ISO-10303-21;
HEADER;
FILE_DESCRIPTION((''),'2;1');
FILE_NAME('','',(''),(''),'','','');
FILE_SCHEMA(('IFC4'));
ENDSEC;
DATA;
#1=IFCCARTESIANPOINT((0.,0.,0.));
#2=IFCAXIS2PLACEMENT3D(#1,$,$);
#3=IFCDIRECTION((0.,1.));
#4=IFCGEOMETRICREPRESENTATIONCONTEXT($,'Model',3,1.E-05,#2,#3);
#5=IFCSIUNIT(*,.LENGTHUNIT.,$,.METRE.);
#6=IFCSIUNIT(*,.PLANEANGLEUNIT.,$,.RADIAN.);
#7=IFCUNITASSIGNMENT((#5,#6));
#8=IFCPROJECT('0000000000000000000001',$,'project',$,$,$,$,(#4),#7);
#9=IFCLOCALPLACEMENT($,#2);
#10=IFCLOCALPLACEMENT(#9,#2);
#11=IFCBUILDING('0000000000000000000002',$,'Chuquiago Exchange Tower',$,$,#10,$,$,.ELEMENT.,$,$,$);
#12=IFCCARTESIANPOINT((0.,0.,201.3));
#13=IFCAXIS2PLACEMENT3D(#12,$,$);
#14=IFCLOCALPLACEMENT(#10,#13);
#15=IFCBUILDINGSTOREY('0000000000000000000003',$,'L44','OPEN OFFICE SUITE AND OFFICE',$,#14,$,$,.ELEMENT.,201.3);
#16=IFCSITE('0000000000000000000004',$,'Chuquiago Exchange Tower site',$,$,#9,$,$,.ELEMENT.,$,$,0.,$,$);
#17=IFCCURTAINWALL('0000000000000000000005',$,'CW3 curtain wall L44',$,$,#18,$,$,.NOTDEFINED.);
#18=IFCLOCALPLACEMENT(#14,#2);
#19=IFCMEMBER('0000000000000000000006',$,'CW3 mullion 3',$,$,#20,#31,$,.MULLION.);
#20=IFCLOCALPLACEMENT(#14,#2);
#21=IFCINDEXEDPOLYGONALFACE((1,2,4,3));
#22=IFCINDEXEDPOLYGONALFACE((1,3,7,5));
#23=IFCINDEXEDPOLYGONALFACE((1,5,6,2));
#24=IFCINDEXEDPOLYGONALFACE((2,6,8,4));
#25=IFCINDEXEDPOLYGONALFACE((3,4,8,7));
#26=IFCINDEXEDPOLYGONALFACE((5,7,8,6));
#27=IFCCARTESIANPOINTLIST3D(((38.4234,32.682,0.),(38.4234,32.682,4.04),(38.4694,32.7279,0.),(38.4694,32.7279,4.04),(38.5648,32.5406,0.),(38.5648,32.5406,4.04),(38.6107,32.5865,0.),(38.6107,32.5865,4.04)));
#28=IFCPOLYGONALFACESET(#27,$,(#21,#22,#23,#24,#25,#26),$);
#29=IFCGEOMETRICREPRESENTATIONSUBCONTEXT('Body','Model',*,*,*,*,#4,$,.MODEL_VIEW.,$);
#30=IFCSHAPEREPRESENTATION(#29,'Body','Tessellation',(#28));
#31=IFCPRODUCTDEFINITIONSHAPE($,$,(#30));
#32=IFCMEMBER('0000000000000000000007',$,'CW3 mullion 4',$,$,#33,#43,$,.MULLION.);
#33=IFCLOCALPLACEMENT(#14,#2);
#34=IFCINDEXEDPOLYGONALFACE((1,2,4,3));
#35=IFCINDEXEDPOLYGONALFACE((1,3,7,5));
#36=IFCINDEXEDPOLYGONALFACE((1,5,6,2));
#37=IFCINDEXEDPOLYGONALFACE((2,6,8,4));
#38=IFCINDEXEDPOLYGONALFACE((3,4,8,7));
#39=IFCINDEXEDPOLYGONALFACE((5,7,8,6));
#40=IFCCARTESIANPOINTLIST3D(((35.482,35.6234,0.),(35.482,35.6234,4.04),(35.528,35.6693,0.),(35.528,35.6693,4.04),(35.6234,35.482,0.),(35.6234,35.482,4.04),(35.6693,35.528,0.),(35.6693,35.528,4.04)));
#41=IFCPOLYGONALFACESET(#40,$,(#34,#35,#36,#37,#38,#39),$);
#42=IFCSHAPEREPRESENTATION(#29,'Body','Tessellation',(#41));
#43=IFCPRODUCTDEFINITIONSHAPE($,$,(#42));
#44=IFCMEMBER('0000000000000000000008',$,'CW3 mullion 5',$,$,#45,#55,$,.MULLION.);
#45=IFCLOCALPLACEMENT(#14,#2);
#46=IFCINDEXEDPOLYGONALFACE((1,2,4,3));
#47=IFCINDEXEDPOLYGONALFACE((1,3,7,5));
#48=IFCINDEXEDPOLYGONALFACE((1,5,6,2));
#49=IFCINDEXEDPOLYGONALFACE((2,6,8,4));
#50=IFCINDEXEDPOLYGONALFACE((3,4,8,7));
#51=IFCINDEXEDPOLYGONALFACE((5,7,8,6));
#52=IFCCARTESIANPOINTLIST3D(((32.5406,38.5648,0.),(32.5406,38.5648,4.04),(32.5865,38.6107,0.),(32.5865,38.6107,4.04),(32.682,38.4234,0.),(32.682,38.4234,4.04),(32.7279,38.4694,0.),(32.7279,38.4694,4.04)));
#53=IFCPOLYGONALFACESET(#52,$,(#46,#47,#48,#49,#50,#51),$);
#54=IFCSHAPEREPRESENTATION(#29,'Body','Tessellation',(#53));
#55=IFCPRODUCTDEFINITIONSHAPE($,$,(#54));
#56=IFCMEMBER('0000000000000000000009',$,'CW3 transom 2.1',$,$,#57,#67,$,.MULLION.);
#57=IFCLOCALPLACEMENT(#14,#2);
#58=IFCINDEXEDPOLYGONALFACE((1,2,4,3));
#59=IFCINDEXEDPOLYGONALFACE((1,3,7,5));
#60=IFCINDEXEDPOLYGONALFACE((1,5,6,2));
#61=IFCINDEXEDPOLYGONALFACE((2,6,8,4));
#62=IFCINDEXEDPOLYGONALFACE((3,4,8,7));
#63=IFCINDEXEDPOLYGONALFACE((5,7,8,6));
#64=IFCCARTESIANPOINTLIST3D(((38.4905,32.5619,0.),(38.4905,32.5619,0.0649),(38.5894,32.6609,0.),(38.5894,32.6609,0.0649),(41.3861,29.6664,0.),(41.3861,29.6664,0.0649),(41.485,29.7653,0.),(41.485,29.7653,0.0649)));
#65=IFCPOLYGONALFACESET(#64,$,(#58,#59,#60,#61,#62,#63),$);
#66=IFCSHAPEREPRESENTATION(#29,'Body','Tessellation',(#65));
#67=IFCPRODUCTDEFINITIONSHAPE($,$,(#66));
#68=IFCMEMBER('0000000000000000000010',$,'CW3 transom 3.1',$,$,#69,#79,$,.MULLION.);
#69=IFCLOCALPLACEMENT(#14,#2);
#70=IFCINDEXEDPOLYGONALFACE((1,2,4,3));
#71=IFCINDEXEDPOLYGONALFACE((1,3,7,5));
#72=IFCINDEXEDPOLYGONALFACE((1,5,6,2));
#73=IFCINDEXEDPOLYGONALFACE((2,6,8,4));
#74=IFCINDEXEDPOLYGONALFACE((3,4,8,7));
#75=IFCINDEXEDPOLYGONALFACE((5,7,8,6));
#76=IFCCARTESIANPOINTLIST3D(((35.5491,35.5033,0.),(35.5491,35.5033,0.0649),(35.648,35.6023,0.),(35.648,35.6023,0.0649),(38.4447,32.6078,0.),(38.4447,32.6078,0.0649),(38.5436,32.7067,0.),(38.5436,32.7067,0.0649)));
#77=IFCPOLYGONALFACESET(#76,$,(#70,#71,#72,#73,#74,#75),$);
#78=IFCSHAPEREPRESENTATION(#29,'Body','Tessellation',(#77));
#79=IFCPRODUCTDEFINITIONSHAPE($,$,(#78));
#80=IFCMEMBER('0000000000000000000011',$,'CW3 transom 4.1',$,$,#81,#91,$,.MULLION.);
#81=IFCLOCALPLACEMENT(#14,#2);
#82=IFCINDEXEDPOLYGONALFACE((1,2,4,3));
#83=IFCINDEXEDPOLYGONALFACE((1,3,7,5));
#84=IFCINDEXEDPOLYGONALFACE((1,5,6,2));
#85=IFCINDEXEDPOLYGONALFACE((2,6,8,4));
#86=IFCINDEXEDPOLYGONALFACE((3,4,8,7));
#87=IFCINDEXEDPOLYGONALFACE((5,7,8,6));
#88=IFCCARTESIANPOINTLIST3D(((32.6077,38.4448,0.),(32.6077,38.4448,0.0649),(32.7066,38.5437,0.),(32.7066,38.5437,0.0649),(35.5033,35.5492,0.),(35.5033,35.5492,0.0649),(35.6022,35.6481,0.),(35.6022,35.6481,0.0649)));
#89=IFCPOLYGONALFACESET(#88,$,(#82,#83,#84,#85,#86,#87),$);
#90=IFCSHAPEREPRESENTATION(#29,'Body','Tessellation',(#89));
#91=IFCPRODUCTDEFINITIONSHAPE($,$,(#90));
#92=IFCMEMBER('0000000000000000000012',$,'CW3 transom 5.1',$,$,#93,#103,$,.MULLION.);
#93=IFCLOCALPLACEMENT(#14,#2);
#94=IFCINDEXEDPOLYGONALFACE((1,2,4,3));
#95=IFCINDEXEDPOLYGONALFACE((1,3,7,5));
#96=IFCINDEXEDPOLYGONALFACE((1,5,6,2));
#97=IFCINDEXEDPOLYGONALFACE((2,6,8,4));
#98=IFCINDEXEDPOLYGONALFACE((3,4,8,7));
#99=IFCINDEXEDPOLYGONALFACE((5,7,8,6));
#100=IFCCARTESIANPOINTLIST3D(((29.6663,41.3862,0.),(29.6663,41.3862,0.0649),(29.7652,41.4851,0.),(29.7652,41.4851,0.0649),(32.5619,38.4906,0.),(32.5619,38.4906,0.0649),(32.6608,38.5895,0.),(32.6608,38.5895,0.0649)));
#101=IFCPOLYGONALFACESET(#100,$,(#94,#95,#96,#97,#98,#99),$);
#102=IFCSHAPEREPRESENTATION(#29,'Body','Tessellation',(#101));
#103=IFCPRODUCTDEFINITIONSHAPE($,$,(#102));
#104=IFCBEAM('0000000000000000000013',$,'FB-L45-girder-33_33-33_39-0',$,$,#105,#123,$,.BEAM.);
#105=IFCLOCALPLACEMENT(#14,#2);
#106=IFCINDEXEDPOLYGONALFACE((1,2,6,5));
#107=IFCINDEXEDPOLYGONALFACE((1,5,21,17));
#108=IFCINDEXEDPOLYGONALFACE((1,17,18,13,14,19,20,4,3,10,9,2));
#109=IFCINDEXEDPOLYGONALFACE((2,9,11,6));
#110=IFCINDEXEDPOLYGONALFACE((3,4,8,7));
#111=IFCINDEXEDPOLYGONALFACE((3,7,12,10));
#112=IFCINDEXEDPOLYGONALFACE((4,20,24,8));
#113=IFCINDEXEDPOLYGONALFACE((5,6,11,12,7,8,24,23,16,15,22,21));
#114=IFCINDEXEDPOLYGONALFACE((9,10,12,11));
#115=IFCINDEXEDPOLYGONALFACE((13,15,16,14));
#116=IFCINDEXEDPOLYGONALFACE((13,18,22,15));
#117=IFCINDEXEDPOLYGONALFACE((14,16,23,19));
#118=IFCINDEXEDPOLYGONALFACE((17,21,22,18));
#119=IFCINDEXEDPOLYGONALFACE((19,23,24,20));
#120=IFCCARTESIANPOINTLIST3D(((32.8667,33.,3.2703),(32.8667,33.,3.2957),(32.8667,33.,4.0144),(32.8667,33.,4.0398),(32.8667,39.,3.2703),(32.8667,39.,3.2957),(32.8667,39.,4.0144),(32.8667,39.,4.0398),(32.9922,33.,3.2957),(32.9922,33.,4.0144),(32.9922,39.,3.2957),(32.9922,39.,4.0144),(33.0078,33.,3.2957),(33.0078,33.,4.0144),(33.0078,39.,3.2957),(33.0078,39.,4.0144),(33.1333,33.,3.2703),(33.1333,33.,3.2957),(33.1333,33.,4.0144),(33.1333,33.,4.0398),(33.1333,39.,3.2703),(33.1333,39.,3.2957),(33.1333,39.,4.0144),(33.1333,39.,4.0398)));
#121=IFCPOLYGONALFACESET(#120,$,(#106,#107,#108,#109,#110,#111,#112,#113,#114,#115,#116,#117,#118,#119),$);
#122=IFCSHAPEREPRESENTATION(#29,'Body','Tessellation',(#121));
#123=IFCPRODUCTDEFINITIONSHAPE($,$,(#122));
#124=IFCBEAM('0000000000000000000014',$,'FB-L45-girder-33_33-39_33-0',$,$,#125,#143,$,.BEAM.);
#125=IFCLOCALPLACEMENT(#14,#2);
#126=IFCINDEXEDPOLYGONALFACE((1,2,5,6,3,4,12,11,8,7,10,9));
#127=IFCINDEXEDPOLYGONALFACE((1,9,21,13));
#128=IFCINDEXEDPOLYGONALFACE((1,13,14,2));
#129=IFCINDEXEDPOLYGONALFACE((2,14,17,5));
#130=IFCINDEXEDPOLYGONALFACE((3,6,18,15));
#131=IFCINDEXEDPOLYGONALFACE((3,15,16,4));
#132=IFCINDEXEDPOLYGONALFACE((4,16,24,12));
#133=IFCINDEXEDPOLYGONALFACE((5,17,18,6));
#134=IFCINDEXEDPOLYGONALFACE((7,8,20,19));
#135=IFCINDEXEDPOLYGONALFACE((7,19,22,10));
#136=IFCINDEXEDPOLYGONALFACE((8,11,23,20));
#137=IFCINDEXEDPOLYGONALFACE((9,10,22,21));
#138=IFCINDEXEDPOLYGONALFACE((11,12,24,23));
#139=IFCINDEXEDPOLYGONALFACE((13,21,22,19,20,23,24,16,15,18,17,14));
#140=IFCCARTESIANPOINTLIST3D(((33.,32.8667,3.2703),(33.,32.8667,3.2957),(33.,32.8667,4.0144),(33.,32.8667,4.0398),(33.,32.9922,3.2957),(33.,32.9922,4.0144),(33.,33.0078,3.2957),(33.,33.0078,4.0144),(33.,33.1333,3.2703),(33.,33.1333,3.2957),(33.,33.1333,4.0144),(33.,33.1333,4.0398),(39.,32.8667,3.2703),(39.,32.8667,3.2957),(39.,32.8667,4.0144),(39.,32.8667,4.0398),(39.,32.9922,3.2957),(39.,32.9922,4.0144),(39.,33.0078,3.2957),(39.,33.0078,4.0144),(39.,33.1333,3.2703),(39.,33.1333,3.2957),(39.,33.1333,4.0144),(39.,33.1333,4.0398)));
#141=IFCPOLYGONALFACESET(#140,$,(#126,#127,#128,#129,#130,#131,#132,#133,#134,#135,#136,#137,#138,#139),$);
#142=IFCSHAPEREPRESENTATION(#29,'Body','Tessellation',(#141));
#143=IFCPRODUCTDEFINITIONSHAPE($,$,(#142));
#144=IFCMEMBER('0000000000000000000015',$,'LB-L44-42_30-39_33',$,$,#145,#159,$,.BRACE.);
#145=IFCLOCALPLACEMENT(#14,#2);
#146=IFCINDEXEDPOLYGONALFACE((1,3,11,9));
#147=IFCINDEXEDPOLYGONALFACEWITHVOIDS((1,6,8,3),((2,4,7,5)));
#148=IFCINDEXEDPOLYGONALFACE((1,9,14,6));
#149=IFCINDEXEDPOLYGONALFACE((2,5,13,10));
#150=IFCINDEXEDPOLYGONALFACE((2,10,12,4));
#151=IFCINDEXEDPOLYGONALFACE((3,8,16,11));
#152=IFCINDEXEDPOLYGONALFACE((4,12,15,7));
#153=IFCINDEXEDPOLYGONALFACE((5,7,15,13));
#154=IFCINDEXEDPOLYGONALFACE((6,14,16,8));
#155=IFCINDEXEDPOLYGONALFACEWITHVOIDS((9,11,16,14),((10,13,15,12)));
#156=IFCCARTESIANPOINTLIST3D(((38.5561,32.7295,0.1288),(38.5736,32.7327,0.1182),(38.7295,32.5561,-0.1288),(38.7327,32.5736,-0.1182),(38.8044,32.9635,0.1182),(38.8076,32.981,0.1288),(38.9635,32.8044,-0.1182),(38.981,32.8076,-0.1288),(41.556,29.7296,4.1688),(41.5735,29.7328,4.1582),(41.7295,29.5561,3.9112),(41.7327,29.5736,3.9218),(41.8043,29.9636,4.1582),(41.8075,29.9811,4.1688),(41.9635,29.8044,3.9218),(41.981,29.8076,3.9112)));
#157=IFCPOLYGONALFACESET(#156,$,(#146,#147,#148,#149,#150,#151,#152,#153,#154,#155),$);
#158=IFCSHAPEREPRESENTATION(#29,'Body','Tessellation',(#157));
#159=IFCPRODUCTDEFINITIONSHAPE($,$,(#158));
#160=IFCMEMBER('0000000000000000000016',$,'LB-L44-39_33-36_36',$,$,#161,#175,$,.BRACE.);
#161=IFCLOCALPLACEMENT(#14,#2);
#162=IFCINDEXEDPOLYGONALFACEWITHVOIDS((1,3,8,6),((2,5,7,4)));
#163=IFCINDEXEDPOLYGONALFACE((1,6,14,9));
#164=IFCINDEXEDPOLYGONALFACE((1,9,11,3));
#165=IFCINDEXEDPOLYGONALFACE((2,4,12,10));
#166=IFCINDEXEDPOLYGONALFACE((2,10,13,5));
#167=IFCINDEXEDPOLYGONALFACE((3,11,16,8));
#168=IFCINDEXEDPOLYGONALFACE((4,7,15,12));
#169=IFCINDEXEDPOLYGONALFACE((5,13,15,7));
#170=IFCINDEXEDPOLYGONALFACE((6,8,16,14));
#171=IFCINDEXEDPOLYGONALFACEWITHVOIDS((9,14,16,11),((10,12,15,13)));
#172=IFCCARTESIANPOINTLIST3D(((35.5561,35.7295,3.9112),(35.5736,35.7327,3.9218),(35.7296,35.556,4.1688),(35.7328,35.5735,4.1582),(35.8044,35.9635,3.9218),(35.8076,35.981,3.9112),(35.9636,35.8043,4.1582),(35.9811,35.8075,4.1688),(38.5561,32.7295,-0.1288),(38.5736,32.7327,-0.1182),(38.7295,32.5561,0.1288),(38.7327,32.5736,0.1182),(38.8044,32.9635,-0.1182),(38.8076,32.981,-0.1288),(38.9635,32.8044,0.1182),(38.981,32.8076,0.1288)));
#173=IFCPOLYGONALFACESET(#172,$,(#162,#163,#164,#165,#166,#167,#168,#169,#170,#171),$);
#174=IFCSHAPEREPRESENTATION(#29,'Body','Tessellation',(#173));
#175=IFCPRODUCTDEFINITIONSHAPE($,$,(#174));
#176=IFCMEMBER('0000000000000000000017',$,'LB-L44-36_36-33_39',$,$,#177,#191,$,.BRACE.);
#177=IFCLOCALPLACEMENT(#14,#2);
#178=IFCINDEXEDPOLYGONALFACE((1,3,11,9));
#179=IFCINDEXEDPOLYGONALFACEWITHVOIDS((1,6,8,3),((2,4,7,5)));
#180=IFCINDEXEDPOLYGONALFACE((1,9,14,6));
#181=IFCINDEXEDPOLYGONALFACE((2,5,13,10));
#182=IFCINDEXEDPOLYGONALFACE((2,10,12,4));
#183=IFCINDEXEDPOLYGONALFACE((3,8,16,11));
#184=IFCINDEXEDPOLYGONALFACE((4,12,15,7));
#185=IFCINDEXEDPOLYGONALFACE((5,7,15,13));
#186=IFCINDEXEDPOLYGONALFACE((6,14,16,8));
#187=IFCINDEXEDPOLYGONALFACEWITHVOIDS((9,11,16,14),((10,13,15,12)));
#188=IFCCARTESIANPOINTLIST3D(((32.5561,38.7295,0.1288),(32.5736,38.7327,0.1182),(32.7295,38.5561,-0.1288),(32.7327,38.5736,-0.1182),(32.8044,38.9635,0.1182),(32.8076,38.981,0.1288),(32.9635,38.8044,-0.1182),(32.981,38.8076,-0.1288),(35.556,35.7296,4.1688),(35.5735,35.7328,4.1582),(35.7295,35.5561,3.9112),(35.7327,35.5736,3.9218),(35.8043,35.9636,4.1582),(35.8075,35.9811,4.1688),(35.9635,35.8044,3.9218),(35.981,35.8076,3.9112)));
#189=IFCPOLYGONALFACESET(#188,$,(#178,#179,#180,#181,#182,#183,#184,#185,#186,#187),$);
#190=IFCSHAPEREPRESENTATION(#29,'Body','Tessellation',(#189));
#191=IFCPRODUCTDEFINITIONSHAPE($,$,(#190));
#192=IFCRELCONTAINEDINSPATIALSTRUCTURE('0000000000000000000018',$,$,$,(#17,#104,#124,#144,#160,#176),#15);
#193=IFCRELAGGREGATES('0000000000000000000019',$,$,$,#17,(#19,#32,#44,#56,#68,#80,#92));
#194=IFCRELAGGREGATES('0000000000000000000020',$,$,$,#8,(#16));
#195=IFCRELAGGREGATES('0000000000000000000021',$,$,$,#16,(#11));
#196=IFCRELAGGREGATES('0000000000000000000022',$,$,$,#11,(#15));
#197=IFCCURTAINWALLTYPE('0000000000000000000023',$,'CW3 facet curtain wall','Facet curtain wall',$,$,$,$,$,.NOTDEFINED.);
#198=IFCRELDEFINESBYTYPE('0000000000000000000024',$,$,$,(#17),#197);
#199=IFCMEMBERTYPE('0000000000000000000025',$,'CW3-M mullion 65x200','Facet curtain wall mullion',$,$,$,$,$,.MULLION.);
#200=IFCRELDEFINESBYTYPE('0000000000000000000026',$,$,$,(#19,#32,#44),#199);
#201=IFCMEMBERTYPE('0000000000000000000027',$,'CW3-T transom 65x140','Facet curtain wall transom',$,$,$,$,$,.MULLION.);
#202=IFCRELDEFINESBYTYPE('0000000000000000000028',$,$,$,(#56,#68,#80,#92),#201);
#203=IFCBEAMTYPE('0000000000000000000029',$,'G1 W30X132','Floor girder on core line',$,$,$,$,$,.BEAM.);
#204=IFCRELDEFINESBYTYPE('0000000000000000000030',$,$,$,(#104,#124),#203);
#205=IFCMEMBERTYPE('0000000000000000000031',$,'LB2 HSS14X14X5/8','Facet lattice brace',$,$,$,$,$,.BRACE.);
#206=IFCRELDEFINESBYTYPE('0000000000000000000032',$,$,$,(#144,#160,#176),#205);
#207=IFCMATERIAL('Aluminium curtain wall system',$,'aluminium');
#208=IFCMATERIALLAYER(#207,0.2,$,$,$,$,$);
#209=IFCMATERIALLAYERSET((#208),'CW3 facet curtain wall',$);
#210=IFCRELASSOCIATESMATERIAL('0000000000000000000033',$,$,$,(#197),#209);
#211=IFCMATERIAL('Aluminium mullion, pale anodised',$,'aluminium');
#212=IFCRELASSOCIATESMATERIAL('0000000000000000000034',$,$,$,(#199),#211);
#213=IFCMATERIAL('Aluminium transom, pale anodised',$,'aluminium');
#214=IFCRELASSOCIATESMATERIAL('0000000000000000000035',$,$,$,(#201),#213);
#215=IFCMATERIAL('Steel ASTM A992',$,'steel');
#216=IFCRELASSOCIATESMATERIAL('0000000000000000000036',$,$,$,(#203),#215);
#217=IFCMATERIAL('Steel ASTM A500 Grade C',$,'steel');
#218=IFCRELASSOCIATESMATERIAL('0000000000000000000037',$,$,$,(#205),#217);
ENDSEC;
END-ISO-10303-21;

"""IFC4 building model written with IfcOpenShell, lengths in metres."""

from ifc_helpers import new_model, si_unit, direction, frame, origin, origin_2d, place, context, subcontext, project, spatial, rectangle, hollow_rectangle, i_section, extrude, material, layer, layer_set, material_profile, profile_set, type_object, element, aggregate, save


model = new_model("IFC4")

# Units and contexts
model_context = context("Model", 3, precision=1e-05, world=origin(), true_north=direction((0.0, 1.0)))
body_context = subcontext(model_context, "Body", "Model", "MODEL_VIEW")
ifc_project = project(units=[si_unit("LENGTHUNIT", "METRE"), si_unit("PLANEANGLEUNIT", "RADIAN")], contexts=[model_context])

# Site, building, storey
site_placement = place(None, origin())
site = spatial("IfcSite", under=ifc_project, at=site_placement, Name="Chuquiago Exchange Tower site", CompositionType="ELEMENT", RefElevation=0.0)
building_placement = place(site_placement, origin())
building = spatial("IfcBuilding", under=site, at=building_placement, Name="Chuquiago Exchange Tower", CompositionType="ELEMENT")
storey_placement = place(building_placement, frame((0.0, 0.0, 201.3)))
storey = spatial("IfcBuildingStorey", under=building, at=storey_placement, Name="L44", Description="OPEN OFFICE SUITE AND OFFICE", CompositionType="ELEMENT", Elevation=201.3)

# Curtain wall, members
ifc_material_1 = material(Name="Aluminium curtain wall system", Category="aluminium")
ifc_layer_1 = layer(ifc_material_1, 0.2)
ifc_layer_set_1 = layer_set([ifc_layer_1], Name="CW3 facet curtain wall")
curtain_wall_type = type_object("IfcCurtainWallType", Name="CW3 facet curtain wall", Description="Facet curtain wall", PredefinedType="NOTDEFINED", material=ifc_layer_set_1)
curtain_wall_placement = place(storey_placement, origin())
curtain_wall = element("IfcCurtainWall", 1, at=curtain_wall_placement, inside=storey, type_object=curtain_wall_type, Name="CW3 curtain wall L44", PredefinedType="NOTDEFINED")
ifc_material_2 = material(Name="Aluminium mullion, pale anodised", Category="aluminium")
ifc_material_profile_1 = material_profile(ifc_material_2, rectangle(XDim=0.0649, YDim=0.2, at=origin_2d()), Name="AL 65x200")
ifc_profile_set_1 = profile_set([ifc_material_profile_1], Name="Aluminium mullion, pale anodised")
member_type_1 = type_object("IfcMemberType", Name="CW3-M mullion 65x200", Description="Facet curtain wall mullion", PredefinedType="MULLION", material=ifc_profile_set_1)
member_1_placement = place(storey_placement, frame((38.5171, 32.6343, 0.0), z_axis=(0.0, 0.0, 1.0), x_axis=(-0.707107, -0.707107, 0.0)))
member_1 = element("IfcMember", 2, at=member_1_placement, type_object=member_type_1, Name="CW3 mullion 3", PredefinedType="MULLION", context=body_context, shape_type="SweptSolid", body=[
    extrude(rectangle(XDim=0.0649, YDim=0.2, at=origin_2d()), origin(), (0.0, 0.0, 1.0), 4.04),
])
member_2_placement = place(storey_placement, frame((35.5757, 35.5757, 0.0), z_axis=(0.0, 0.0, 1.0), x_axis=(-0.707107, -0.707107, 0.0)))
member_2 = element("IfcMember", 3, at=member_2_placement, type_object=member_type_1, Name="CW3 mullion 4", PredefinedType="MULLION", context=body_context, shape_type="SweptSolid", body=[
    extrude(rectangle(XDim=0.0649, YDim=0.2, at=origin_2d()), origin(), (0.0, 0.0, 1.0), 4.04),
])
member_3_placement = place(storey_placement, frame((32.6343, 38.5171, 0.0), z_axis=(0.0, 0.0, 1.0), x_axis=(-0.707107, -0.707107, 0.0)))
member_3 = element("IfcMember", 4, at=member_3_placement, type_object=member_type_1, Name="CW3 mullion 5", PredefinedType="MULLION", context=body_context, shape_type="SweptSolid", body=[
    extrude(rectangle(XDim=0.0649, YDim=0.2, at=origin_2d()), origin(), (0.0, 0.0, 1.0), 4.04),
])
ifc_material_3 = material(Name="Aluminium transom, pale anodised", Category="aluminium")
ifc_material_profile_2 = material_profile(ifc_material_3, rectangle(XDim=0.1399, YDim=0.0649, at=origin_2d()), Name="AL 140x65")
ifc_profile_set_2 = profile_set([ifc_material_profile_2], Name="Aluminium transom, pale anodised")
member_type_2 = type_object("IfcMemberType", Name="CW3-T transom 65x140", Description="Facet curtain wall transom", PredefinedType="MULLION", material=ifc_profile_set_2)
member_4_placement = place(storey_placement, frame((41.4355, 29.7158, 0.0325), z_axis=(-0.707107, 0.707107, 0.0), x_axis=(-0.707107, -0.707107, 0.0)))
member_4 = element("IfcMember", 5, at=member_4_placement, type_object=member_type_2, Name="CW3 transom 2.1", PredefinedType="MULLION", context=body_context, shape_type="SweptSolid", body=[
    extrude(rectangle(XDim=0.1399, YDim=0.0649, at=origin_2d()), origin(), (0.0, 0.0, 1.0), 4.095),
])
member_5_placement = place(storey_placement, frame((38.4941, 32.6572, 0.0325), z_axis=(-0.707107, 0.707107, 0.0), x_axis=(-0.707107, -0.707107, 0.0)))
member_5 = element("IfcMember", 6, at=member_5_placement, type_object=member_type_2, Name="CW3 transom 3.1", PredefinedType="MULLION", context=body_context, shape_type="SweptSolid", body=[
    extrude(rectangle(XDim=0.1399, YDim=0.0649, at=origin_2d()), origin(), (0.0, 0.0, 1.0), 4.095),
])
member_6_placement = place(storey_placement, frame((35.5527, 35.5986, 0.0325), z_axis=(-0.707107, 0.707107, 0.0), x_axis=(-0.707107, -0.707107, 0.0)))
member_6 = element("IfcMember", 7, at=member_6_placement, type_object=member_type_2, Name="CW3 transom 4.1", PredefinedType="MULLION", context=body_context, shape_type="SweptSolid", body=[
    extrude(rectangle(XDim=0.1399, YDim=0.0649, at=origin_2d()), origin(), (0.0, 0.0, 1.0), 4.095),
])
member_7_placement = place(storey_placement, frame((32.6113, 38.54, 0.0325), z_axis=(-0.707107, 0.707107, 0.0), x_axis=(-0.707107, -0.707107, 0.0)))
member_7 = element("IfcMember", 8, at=member_7_placement, type_object=member_type_2, Name="CW3 transom 5.1", PredefinedType="MULLION", context=body_context, shape_type="SweptSolid", body=[
    extrude(rectangle(XDim=0.1399, YDim=0.0649, at=origin_2d()), origin(), (0.0, 0.0, 1.0), 4.095),
])

# Beams
ifc_material_4 = material(Name="Steel ASTM A992", Category="steel")
ifc_material_profile_3 = material_profile(ifc_material_4, i_section(OverallWidth=0.2666, OverallDepth=0.7695, WebThickness=0.0156, FlangeThickness=0.0254, at=origin_2d()), Name="W30X132")
ifc_profile_set_3 = profile_set([ifc_material_profile_3], Name="Steel ASTM A992")
beam_type_1 = type_object("IfcBeamType", Name="G1 W30X132", Description="Floor girder on core line", PredefinedType="BEAM", material=ifc_profile_set_3)
for number, where, z_axis, x_axis, name in (
    (9, (33.0, 33.0, 3.655), (0.0, 1.0, 0.0), (-1.0, 0.0, 0.0), "FB-L45-girder-33_33-33_39-0"),
    (10, (33.0, 33.0, 3.655), (1.0, 0.0, 0.0), (0.0, 1.0, 0.0), "FB-L45-girder-33_33-39_33-0"),
):
    element("IfcBeam", number, at=place(storey_placement, frame(where, z_axis=z_axis, x_axis=x_axis)), inside=storey, type_object=beam_type_1, Name=name, PredefinedType="BEAM", context=body_context, shape_type="SweptSolid", body=[
        extrude(i_section(OverallWidth=0.2666, OverallDepth=0.7695, WebThickness=0.0156, FlangeThickness=0.0254, at=origin_2d()), origin(), (0.0, 0.0, 1.0), 6.0),
    ])

# Members
ifc_material_5 = material(Name="Steel ASTM A500 Grade C", Category="steel")
ifc_material_profile_4 = material_profile(ifc_material_5, hollow_rectangle(XDim=0.3557, YDim=0.3557, WallThickness=0.0146, at=origin_2d()), Name="HSS14X14X5/8")
ifc_profile_set_4 = profile_set([ifc_material_profile_4], Name="Steel ASTM A500 Grade C")
member_type_3 = type_object("IfcMemberType", Name="LB2 HSS14X14X5/8", Description="Facet lattice brace", PredefinedType="BRACE", material=ifc_profile_set_4)
for number, where, z_axis, x_axis, name in (
    (11, (38.7686, 32.7686, 0.0), (0.512077, -0.512077, 0.689604), (0.707107, 0.707107, 0.0), "LB-L44-42_30-39_33"),
    (12, (38.7686, 32.7686, 0.0), (-0.512077, 0.512077, 0.689604), (-0.707107, -0.707107, 0.0), "LB-L44-39_33-36_36"),
    (13, (32.7686, 38.7686, 0.0), (0.512077, -0.512077, 0.689604), (0.707107, 0.707107, 0.0), "LB-L44-36_36-33_39"),
):
    element("IfcMember", number, at=place(storey_placement, frame(where, z_axis=z_axis, x_axis=x_axis)), inside=storey, type_object=member_type_3, Name=name, PredefinedType="BRACE", context=body_context, shape_type="SweptSolid", body=[
        extrude(hollow_rectangle(XDim=0.3557, YDim=0.3557, WallThickness=0.0146, at=origin_2d()), origin(), (0.0, 0.0, 1.0), 5.8584),
    ])

aggregate(curtain_wall, [member_1, member_2, member_3, member_4, member_5, member_6, member_7])

save(model, "model.ifc")
